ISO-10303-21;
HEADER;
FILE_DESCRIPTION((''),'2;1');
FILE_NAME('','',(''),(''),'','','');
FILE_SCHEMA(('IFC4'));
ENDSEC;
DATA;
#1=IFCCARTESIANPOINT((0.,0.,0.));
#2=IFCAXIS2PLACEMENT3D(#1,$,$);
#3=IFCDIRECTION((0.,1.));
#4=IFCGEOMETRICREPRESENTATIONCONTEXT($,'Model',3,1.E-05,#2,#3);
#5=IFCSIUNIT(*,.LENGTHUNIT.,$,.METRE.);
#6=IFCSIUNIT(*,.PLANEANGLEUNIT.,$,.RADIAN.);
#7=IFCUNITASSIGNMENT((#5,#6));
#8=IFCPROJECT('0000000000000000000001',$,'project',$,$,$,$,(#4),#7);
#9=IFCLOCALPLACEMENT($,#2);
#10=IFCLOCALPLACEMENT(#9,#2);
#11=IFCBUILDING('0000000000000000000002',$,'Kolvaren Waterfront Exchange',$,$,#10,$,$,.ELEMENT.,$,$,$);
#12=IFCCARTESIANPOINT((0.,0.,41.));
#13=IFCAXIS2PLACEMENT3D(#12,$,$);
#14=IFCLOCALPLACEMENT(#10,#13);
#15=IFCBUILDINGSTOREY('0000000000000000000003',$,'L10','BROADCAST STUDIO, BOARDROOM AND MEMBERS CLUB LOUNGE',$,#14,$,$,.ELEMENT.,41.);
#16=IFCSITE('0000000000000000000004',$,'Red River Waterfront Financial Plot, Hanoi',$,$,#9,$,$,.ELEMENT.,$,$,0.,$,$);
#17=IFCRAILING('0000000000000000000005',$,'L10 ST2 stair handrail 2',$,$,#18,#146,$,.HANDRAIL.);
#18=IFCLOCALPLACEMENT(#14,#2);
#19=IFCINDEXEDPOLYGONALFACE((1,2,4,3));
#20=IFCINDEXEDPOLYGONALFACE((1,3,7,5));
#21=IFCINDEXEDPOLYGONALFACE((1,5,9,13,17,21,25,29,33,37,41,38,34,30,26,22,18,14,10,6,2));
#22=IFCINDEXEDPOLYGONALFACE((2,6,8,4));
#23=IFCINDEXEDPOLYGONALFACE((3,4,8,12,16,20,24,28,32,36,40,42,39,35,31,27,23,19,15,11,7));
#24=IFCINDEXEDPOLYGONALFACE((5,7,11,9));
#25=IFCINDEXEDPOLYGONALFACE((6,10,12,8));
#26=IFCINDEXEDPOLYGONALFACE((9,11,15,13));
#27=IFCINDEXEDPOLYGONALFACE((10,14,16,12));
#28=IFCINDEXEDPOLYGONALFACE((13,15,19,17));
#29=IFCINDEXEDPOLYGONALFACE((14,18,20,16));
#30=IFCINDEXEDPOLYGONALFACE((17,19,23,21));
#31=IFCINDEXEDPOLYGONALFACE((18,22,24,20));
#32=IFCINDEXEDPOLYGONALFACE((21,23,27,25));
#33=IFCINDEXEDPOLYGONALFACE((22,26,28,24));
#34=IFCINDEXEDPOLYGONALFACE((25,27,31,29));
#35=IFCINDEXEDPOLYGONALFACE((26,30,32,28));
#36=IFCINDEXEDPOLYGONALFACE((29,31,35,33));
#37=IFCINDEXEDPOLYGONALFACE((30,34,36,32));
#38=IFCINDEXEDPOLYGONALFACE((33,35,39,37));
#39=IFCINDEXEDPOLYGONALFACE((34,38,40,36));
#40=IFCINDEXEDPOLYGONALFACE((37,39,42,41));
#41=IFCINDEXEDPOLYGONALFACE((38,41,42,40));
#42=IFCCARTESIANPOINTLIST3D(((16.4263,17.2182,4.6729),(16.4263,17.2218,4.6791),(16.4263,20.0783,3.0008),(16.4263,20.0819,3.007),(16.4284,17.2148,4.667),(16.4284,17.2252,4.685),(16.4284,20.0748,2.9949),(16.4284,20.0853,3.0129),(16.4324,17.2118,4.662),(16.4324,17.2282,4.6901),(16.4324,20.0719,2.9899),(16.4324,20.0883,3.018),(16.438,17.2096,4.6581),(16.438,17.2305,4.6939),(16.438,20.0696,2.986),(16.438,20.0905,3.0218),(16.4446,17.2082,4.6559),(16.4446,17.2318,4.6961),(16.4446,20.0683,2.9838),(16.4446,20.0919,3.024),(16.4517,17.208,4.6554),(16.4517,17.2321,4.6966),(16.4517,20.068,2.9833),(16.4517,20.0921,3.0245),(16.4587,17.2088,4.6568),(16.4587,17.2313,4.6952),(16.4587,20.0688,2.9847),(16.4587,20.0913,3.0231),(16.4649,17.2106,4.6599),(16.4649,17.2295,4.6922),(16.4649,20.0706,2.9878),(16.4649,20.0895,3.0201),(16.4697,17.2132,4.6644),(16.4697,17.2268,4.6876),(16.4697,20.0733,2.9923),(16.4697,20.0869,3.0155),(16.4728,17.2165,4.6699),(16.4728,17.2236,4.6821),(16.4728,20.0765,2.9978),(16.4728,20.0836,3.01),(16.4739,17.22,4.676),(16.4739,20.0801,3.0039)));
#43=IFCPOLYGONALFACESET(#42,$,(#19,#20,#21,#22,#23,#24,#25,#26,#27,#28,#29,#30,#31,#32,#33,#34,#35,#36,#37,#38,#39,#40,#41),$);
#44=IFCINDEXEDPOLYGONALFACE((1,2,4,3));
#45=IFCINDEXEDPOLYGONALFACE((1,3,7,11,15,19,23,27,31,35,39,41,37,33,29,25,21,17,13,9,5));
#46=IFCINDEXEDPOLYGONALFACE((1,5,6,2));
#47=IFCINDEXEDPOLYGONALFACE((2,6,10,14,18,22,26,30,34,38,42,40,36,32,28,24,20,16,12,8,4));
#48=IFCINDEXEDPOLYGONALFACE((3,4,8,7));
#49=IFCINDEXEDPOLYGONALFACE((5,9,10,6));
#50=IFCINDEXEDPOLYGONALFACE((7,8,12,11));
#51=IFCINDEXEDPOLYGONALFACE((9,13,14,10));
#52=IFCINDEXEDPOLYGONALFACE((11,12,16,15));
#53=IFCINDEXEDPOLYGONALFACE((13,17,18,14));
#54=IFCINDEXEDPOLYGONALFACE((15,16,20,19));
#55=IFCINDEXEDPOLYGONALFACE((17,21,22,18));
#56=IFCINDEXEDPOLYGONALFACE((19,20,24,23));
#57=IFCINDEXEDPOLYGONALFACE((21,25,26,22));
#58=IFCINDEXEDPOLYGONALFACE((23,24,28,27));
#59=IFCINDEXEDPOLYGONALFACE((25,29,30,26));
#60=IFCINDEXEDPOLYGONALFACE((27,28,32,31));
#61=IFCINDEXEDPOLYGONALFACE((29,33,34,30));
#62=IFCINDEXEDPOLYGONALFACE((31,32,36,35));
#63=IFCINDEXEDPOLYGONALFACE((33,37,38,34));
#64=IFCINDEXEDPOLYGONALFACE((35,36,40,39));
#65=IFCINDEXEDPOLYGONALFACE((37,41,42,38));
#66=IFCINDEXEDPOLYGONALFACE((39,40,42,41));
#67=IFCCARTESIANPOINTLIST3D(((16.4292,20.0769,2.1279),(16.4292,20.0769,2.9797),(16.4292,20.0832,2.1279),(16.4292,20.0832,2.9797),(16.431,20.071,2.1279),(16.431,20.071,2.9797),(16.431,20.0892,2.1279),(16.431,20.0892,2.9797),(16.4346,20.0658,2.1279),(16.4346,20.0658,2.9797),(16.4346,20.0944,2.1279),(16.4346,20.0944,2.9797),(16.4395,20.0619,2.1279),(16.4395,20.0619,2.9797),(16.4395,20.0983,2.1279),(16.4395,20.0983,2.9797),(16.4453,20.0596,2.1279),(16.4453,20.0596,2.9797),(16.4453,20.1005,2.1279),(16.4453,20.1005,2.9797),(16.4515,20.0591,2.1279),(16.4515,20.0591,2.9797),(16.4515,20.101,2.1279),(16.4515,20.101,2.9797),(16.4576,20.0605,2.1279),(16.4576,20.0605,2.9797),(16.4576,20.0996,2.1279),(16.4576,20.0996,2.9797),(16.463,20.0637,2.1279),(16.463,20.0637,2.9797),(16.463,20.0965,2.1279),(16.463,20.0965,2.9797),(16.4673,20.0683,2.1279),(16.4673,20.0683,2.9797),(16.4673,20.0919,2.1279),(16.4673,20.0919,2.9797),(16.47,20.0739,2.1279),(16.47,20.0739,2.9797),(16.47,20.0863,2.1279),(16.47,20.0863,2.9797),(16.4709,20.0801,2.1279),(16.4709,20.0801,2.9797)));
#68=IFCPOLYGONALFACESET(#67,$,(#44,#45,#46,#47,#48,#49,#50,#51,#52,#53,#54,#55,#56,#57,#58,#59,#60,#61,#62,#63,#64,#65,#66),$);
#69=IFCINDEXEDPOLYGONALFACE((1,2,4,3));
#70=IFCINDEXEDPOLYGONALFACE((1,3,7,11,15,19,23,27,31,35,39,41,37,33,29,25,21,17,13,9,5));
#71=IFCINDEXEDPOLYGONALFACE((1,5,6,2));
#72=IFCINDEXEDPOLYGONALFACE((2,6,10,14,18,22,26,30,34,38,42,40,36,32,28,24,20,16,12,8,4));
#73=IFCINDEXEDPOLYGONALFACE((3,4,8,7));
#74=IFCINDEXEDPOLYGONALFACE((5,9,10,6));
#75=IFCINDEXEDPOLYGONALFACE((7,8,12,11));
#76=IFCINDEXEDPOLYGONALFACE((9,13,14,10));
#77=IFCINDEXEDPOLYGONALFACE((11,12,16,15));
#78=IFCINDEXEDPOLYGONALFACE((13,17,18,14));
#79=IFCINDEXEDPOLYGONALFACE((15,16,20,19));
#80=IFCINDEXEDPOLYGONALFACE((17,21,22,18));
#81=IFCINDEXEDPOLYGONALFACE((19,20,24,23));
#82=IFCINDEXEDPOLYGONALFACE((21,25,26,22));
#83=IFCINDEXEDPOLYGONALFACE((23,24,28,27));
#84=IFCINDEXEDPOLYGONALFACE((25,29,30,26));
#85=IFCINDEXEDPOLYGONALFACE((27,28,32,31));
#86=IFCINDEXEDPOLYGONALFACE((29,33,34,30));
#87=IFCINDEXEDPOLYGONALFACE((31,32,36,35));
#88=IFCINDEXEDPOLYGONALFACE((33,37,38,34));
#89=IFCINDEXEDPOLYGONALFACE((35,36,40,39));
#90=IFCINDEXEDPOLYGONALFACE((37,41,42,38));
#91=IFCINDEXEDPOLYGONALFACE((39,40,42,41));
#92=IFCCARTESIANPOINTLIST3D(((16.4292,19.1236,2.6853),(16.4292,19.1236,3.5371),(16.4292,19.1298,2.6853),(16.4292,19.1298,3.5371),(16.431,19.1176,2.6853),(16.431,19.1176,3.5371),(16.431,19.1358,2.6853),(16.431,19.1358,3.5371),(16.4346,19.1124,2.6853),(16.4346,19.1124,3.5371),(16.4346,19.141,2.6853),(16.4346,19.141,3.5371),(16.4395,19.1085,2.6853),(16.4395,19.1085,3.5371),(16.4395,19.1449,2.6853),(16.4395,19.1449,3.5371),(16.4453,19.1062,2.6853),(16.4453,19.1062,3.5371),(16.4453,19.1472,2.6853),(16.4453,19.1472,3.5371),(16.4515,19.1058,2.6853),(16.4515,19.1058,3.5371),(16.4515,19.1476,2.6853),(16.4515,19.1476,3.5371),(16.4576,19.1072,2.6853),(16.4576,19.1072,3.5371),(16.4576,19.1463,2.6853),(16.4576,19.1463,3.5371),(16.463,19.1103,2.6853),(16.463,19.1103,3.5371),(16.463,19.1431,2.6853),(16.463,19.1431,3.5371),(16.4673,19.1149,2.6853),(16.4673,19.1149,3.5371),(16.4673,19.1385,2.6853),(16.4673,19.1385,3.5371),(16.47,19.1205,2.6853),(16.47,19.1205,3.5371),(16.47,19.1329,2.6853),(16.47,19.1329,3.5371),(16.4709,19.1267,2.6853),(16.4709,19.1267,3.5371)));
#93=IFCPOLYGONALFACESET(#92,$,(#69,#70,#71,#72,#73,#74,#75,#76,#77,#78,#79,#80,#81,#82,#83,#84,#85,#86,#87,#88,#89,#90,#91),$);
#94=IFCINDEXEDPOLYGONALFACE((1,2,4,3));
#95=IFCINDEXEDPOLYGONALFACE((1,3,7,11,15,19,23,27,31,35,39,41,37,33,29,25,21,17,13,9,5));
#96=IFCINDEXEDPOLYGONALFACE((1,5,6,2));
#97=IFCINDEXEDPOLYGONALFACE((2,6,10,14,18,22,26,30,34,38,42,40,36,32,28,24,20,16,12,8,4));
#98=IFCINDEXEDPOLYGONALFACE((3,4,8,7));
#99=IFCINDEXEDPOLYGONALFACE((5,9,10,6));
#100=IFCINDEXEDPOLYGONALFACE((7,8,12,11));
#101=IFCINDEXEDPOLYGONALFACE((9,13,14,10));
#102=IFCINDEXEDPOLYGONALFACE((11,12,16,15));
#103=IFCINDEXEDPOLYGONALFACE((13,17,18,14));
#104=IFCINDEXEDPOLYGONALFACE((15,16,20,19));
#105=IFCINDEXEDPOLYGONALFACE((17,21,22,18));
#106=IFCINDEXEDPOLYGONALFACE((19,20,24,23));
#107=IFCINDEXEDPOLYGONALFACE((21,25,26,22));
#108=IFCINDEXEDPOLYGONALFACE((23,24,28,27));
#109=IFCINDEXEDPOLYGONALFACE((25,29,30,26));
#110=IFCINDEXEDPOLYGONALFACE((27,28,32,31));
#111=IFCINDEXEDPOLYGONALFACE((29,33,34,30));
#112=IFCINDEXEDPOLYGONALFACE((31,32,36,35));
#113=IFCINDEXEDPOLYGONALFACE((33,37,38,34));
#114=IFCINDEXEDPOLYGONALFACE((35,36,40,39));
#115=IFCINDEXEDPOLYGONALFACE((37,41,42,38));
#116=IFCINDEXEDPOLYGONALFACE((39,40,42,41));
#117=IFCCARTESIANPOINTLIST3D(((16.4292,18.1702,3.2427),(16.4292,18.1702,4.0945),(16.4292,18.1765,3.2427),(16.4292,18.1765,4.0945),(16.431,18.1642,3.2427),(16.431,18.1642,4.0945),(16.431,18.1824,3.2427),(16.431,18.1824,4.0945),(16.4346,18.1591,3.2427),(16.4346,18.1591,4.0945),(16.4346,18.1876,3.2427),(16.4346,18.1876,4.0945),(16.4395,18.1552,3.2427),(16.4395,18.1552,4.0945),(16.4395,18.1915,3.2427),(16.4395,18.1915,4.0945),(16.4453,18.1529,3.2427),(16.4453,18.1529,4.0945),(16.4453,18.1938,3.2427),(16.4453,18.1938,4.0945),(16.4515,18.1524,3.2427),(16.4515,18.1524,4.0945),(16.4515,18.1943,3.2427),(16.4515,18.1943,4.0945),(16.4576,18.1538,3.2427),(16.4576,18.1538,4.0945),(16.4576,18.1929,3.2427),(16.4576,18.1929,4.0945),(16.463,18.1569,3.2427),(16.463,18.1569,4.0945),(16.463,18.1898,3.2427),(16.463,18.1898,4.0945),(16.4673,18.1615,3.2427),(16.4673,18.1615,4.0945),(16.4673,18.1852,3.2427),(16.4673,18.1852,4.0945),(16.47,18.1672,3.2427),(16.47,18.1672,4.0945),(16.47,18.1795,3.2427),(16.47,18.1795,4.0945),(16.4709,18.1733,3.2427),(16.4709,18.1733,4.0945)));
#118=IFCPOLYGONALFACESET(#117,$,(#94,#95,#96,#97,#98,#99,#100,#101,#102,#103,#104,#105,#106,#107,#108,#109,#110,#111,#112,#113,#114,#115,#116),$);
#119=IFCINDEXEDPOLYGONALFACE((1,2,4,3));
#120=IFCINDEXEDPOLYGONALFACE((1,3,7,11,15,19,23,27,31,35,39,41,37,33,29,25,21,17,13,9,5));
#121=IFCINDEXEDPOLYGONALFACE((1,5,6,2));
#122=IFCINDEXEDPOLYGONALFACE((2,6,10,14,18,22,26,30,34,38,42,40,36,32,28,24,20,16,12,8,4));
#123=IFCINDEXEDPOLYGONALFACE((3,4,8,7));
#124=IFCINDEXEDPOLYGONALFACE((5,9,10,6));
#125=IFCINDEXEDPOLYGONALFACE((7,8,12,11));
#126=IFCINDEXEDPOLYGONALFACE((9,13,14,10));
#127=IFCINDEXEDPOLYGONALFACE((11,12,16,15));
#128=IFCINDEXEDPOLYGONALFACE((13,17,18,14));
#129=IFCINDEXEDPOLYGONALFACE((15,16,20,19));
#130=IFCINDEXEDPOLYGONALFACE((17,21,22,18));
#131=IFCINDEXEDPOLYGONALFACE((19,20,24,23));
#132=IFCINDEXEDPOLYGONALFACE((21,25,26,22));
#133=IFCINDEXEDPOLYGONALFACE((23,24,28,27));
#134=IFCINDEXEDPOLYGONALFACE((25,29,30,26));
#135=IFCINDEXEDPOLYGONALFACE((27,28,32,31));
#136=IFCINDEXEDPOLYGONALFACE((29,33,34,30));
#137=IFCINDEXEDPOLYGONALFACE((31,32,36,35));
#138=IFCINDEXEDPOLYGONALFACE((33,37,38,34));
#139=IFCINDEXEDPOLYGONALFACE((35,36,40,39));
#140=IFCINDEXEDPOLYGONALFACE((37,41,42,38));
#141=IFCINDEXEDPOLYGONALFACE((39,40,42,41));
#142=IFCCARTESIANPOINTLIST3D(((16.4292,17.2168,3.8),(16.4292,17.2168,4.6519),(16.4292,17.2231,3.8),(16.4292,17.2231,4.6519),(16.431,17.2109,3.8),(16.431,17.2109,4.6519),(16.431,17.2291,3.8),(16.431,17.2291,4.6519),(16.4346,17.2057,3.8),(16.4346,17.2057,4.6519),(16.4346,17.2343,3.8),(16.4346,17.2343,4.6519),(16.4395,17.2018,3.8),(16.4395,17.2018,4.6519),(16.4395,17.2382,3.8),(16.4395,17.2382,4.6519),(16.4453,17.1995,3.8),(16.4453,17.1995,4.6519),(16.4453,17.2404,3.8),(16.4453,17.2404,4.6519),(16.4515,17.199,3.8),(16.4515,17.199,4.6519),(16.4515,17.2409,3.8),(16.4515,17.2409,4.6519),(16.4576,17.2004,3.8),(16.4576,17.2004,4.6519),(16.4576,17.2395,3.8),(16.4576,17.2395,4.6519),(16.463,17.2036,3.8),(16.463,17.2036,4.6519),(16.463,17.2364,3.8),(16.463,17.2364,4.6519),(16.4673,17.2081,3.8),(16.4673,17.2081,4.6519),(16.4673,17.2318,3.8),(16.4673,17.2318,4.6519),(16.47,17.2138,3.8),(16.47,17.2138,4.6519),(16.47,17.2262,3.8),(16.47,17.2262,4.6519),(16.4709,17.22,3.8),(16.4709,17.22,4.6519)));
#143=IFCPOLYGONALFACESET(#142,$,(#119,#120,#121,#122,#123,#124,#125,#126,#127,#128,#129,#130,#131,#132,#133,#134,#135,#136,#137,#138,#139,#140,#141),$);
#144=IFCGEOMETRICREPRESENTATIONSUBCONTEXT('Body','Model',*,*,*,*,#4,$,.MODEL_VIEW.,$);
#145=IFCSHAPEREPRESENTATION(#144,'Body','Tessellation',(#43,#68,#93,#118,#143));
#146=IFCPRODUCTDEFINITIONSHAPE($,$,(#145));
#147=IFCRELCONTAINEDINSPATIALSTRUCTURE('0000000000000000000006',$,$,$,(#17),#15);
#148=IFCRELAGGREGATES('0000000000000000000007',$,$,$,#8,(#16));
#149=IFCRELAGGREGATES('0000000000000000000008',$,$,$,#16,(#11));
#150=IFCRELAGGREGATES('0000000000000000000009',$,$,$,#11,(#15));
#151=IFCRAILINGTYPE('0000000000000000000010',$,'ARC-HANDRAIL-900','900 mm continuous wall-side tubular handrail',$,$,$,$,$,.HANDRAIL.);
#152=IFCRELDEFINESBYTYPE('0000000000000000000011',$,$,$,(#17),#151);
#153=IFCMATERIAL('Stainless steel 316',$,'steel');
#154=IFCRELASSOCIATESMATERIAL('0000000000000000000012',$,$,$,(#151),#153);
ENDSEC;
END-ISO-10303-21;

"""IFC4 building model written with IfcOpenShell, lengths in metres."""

from ifc_helpers import new_model, si_unit, direction, frame, origin, origin_2d, place, context, subcontext, project, spatial, circle, extrude, material, type_object, element, save


model = new_model("IFC4")

# Units and contexts
model_context = context("Model", 3, precision=1e-05, world=origin(), true_north=direction((0.0, 1.0)))
body_context = subcontext(model_context, "Body", "Model", "MODEL_VIEW")
ifc_project = project(units=[si_unit("LENGTHUNIT", "METRE"), si_unit("PLANEANGLEUNIT", "RADIAN")], contexts=[model_context])

# Site, building, storey
site_placement = place(None, origin())
site = spatial("IfcSite", under=ifc_project, at=site_placement, Name="Red River Waterfront Financial Plot, Hanoi", CompositionType="ELEMENT", RefElevation=0.0)
building_placement = place(site_placement, origin())
building = spatial("IfcBuilding", under=site, at=building_placement, Name="Kolvaren Waterfront Exchange", CompositionType="ELEMENT")
storey_placement = place(building_placement, frame((0.0, 0.0, 41.0)))
storey = spatial("IfcBuildingStorey", under=building, at=storey_placement, Name="L10", Description="BROADCAST STUDIO, BOARDROOM AND MEMBERS CLUB LOUNGE", CompositionType="ELEMENT", Elevation=41.0)

# Railing
ifc_material_1 = material(Name="Stainless steel 316", Category="steel")
railing_type_1 = type_object("IfcRailingType", Name="ARC-HANDRAIL-900", Description="900 mm continuous wall-side tubular handrail", PredefinedType="HANDRAIL", material=ifc_material_1)
railing_1_placement = place(storey_placement, frame((16.45, 20.0801, 2.1279)))
element("IfcRailing", 1, at=railing_1_placement, inside=storey, type_object=railing_type_1, Name="L10 ST2 stair handrail 2", PredefinedType="HANDRAIL", context=body_context, shape_type="SweptSolid", body=[
    extrude(circle(Radius=0.0239, at=origin_2d()), frame((0.0, 0.0, 0.876), z_axis=(0.0, -0.863289, 0.504709), x_axis=(1.0, 0.0, 0.0)), (0.0, 0.0, 1.0), 3.313),
    extrude(circle(Radius=0.021, at=origin_2d()), origin(), (0.0, 0.0, 1.0), 0.8518),
    extrude(circle(Radius=0.021, at=origin_2d()), frame((0.0, -0.9534, 0.5574)), (0.0, 0.0, 1.0), 0.8518),
    extrude(circle(Radius=0.021, at=origin_2d()), frame((0.0, -1.9067, 1.1147)), (0.0, 0.0, 1.0), 0.8518),
    extrude(circle(Radius=0.021, at=origin_2d()), frame((0.0, -2.8601, 1.6721)), (0.0, 0.0, 1.0), 0.8518),
])

save(model, "model.ifc")
